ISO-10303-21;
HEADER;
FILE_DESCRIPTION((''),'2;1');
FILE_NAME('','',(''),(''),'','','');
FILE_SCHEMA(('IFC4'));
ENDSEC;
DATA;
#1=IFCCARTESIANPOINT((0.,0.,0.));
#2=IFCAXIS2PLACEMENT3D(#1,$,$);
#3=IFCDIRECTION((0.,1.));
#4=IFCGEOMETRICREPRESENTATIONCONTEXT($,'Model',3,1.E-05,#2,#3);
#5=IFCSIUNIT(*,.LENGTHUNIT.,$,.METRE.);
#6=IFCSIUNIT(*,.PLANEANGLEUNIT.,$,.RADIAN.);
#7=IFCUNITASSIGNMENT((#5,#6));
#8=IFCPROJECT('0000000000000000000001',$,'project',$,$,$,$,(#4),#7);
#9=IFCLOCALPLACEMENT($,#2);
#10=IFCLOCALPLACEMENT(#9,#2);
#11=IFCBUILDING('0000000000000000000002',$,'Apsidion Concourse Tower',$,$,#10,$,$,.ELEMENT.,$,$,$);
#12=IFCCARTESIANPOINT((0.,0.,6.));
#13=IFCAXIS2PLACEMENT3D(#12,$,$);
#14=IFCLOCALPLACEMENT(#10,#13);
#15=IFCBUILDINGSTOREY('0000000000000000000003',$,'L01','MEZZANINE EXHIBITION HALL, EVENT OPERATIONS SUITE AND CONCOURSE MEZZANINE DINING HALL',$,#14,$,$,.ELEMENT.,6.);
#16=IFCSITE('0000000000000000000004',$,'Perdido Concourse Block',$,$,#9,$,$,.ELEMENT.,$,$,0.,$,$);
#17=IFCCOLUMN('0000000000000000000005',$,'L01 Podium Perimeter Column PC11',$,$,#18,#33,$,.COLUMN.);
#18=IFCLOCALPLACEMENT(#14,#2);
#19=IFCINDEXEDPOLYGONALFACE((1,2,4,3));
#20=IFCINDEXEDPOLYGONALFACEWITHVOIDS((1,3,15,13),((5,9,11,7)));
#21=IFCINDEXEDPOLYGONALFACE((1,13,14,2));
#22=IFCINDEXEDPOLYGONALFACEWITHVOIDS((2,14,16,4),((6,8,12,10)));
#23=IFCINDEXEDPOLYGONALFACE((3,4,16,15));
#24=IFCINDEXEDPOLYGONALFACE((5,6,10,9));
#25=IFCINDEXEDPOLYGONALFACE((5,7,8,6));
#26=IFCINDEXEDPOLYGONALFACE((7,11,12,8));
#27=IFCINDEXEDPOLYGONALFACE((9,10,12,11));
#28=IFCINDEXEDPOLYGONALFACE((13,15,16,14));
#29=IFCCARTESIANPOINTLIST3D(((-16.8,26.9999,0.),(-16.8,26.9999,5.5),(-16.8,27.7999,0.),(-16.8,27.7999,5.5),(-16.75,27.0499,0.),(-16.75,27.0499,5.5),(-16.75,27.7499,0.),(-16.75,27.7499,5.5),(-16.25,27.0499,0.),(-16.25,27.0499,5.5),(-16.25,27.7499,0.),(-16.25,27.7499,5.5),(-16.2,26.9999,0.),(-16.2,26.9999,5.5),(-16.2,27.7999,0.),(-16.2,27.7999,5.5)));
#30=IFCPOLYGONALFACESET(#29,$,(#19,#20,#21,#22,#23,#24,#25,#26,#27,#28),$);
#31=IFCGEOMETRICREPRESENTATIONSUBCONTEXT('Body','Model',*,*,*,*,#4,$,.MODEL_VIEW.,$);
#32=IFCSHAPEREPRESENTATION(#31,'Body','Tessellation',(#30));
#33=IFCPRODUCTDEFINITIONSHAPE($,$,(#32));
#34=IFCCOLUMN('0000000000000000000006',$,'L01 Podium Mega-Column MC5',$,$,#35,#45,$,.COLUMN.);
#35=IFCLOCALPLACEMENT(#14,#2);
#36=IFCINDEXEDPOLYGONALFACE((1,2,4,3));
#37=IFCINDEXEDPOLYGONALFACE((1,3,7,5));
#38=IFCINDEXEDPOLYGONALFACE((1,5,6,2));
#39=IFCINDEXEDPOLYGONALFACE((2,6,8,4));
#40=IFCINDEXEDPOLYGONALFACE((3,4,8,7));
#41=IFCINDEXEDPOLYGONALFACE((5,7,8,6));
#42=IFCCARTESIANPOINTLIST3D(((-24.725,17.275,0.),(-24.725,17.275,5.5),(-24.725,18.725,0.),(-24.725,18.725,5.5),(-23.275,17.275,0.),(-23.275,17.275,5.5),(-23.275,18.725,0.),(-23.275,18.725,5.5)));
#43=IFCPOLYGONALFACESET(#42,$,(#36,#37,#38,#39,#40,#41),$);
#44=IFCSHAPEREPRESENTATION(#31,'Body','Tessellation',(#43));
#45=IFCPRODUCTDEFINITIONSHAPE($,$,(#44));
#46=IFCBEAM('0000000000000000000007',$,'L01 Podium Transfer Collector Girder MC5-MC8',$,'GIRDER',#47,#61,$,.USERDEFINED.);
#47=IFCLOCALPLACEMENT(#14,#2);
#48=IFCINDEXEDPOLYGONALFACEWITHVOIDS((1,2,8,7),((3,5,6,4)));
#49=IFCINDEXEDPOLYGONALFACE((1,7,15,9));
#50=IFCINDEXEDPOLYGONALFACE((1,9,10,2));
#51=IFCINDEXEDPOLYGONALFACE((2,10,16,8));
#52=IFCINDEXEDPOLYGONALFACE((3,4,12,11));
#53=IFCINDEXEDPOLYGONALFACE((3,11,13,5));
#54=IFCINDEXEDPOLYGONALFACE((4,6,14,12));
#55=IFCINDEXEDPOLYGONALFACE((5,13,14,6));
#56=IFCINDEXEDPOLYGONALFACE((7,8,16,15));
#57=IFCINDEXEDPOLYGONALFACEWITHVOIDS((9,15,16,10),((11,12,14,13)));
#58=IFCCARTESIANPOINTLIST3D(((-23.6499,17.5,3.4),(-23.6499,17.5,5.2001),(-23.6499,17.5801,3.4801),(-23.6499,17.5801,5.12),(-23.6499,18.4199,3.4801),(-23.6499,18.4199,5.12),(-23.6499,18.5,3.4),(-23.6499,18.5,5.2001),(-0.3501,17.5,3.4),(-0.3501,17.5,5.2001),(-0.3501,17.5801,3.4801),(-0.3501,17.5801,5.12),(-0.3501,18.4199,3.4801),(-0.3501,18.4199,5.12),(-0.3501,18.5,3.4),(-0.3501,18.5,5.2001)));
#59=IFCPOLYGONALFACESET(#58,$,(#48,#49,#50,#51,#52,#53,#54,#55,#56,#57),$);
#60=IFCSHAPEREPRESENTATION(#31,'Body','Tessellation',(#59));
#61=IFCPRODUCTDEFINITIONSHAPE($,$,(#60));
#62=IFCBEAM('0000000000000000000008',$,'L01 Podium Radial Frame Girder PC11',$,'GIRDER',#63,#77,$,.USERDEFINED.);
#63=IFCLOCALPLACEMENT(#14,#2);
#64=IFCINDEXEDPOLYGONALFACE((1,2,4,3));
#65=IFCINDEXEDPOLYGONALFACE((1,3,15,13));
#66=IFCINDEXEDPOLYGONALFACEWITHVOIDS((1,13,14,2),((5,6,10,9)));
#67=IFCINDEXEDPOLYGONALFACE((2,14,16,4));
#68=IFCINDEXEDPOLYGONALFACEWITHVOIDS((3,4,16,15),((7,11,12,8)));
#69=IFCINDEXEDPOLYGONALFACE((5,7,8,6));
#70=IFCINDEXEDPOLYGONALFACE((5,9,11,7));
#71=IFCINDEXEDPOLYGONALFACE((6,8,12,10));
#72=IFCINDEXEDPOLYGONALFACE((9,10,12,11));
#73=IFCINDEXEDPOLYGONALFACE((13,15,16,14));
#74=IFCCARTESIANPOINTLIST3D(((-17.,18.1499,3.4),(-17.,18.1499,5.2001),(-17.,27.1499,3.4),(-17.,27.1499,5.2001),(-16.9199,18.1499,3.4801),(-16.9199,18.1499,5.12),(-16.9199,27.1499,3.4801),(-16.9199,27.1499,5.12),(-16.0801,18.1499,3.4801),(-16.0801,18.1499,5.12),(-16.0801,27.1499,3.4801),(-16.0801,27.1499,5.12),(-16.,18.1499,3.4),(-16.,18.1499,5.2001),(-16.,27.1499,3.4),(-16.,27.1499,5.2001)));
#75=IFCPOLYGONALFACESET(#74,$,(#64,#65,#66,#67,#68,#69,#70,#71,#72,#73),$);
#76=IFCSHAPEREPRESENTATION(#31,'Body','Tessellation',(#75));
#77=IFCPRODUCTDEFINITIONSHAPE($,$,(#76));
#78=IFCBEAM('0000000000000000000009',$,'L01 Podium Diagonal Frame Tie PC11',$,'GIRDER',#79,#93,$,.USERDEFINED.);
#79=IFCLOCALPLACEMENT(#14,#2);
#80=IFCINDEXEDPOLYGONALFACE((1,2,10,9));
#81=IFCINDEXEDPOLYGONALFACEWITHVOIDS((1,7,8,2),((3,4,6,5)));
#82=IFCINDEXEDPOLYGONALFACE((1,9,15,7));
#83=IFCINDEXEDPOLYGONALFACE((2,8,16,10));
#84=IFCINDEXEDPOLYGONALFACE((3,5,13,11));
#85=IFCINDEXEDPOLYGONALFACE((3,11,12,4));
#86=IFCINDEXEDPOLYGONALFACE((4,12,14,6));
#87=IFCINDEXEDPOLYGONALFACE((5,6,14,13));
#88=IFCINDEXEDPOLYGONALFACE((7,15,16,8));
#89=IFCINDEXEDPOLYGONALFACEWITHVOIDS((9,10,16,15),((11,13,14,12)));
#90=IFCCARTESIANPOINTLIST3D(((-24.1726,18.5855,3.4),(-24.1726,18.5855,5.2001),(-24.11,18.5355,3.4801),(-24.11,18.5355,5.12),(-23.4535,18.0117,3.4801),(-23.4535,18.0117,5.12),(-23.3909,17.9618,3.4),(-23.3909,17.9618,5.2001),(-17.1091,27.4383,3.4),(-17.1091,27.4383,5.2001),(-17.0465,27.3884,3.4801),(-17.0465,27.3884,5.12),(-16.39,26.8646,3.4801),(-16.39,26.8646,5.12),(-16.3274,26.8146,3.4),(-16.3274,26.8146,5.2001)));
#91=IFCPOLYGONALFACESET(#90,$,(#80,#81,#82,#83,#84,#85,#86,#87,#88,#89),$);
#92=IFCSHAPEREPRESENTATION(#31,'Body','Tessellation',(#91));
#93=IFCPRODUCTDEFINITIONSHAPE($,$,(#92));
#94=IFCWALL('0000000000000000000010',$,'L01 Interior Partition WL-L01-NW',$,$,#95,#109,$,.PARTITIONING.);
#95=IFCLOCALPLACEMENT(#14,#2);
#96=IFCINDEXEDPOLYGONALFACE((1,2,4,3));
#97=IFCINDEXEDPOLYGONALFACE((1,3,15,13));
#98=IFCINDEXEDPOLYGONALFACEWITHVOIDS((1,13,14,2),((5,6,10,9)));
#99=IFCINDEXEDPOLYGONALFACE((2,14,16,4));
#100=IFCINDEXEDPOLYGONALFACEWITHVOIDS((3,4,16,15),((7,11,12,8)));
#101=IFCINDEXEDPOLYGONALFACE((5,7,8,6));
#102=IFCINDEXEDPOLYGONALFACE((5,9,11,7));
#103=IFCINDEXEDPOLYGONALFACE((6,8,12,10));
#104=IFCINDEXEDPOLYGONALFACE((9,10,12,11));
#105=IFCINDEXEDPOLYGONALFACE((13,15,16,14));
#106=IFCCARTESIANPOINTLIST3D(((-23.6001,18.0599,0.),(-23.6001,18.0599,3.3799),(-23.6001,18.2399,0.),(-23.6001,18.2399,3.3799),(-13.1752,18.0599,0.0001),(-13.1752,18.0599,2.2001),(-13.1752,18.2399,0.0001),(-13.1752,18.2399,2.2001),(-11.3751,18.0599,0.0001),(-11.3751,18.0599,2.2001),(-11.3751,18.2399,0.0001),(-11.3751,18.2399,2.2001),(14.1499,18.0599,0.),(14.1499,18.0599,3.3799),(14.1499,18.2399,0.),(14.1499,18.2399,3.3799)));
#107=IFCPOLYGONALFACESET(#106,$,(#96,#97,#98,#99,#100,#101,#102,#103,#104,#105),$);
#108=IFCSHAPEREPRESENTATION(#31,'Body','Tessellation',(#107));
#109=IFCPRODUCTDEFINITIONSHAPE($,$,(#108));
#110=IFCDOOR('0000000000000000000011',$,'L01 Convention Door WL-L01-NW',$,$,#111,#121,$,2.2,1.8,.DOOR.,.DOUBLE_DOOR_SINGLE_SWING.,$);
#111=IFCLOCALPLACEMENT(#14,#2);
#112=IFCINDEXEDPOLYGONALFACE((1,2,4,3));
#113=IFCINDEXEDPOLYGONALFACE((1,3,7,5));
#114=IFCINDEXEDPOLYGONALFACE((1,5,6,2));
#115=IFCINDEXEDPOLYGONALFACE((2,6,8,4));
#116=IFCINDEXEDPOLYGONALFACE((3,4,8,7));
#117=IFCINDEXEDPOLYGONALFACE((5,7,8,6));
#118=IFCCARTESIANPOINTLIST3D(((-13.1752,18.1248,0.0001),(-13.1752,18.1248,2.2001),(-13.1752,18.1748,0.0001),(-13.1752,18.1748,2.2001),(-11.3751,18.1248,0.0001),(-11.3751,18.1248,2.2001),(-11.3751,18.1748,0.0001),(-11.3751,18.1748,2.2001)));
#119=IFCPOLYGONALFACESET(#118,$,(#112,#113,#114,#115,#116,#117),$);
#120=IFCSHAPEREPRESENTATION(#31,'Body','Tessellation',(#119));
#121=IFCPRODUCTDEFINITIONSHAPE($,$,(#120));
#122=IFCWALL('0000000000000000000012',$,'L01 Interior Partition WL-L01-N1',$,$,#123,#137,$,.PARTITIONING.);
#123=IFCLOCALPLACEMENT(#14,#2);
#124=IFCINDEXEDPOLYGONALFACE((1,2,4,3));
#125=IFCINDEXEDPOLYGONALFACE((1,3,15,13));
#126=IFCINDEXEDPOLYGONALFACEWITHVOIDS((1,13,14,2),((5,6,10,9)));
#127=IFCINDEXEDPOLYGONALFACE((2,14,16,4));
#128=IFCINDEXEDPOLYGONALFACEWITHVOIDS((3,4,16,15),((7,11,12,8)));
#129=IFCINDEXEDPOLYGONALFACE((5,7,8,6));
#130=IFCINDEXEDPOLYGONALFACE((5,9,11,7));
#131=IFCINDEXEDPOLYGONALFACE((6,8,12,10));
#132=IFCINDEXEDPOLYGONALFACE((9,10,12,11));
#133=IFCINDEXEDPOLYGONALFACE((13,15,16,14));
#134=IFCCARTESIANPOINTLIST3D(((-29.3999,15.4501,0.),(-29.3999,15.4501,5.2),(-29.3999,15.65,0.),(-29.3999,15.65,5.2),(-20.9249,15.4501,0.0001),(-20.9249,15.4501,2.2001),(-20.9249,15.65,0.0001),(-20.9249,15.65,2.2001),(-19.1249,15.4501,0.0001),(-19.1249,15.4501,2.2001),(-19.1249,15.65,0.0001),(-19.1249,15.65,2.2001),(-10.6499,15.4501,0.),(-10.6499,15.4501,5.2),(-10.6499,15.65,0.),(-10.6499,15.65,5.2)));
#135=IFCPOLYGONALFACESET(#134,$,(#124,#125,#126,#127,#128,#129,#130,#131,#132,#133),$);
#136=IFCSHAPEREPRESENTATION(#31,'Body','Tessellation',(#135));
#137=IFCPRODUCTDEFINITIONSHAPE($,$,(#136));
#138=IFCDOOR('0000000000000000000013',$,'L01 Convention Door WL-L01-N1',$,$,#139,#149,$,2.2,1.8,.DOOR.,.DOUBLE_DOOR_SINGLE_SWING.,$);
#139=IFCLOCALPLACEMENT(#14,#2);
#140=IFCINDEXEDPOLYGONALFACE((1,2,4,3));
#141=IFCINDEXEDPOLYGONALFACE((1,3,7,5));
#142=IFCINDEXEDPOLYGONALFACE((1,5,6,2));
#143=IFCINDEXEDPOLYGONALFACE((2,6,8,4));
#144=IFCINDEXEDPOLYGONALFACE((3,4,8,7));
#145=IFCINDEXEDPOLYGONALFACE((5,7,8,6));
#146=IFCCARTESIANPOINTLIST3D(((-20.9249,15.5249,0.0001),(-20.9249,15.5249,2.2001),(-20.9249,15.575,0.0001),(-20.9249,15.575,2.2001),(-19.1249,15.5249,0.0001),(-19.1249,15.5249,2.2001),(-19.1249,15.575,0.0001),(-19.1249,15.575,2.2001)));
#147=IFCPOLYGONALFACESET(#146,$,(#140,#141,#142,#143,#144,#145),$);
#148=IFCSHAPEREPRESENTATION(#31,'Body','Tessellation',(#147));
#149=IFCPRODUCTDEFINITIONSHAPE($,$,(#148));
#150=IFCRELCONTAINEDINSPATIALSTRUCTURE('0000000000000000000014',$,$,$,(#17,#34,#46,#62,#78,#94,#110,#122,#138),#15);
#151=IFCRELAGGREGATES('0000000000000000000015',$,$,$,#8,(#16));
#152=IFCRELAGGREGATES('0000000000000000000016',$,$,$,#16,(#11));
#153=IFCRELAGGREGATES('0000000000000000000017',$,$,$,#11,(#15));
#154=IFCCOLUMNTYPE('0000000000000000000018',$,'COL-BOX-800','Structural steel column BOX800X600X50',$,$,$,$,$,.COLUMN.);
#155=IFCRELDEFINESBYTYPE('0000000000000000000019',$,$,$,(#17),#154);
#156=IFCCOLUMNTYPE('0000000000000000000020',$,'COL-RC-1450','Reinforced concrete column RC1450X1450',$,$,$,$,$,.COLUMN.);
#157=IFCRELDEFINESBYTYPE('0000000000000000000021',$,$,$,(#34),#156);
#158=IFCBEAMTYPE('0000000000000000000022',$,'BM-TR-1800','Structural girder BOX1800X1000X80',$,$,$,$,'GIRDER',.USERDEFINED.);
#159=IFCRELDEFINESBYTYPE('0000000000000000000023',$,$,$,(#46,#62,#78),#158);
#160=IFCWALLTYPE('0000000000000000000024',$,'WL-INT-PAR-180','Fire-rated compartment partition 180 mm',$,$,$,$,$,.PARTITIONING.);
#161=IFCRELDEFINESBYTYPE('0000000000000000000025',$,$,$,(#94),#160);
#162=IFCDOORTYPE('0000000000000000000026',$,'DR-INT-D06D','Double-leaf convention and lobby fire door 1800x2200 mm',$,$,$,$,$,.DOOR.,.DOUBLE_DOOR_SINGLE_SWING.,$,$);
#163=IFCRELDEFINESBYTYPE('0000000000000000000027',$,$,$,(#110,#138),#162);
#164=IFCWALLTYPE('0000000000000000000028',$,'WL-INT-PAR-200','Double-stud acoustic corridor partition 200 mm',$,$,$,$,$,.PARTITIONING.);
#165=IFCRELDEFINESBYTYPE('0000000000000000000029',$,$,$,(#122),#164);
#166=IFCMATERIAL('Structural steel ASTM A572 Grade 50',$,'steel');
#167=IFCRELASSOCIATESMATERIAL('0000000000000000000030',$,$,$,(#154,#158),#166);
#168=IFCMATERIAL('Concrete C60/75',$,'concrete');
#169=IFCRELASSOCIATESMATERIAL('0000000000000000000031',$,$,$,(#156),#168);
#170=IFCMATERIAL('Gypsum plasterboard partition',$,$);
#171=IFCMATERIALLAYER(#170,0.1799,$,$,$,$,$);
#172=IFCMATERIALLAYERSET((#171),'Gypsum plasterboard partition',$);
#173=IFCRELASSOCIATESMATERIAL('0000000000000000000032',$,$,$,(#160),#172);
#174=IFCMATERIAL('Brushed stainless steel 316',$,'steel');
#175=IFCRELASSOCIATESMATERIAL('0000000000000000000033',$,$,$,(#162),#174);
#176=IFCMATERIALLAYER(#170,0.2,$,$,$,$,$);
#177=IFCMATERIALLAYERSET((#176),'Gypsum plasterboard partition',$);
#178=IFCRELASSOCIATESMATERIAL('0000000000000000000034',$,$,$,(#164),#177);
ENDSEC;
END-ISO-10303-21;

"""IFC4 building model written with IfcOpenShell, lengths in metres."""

from ifc_helpers import new_model, si_unit, direction, frame, frame_2d, origin, origin_2d, place, context, subcontext, project, spatial, rectangle, hollow_rectangle, extrude, material, layer, layer_set, material_profile, profile_set, type_object, element, fill, save


model = new_model("IFC4")

# Units and contexts
model_context = context("Model", 3, precision=1e-05, world=origin(), true_north=direction((0.0, 1.0)))
body_context = subcontext(model_context, "Body", "Model", "MODEL_VIEW")
ifc_project = project(units=[si_unit("LENGTHUNIT", "METRE"), si_unit("PLANEANGLEUNIT", "RADIAN")], contexts=[model_context])

# Site, building, storey
site_placement = place(None, origin())
site = spatial("IfcSite", under=ifc_project, at=site_placement, Name="Perdido Concourse Block", CompositionType="ELEMENT", RefElevation=0.0)
building_placement = place(site_placement, origin())
building = spatial("IfcBuilding", under=site, at=building_placement, Name="Apsidion Concourse Tower", CompositionType="ELEMENT")
storey_placement = place(building_placement, frame((0.0, 0.0, 6.0)))
storey = spatial("IfcBuildingStorey", under=building, at=storey_placement, Name="L01", Description="MEZZANINE EXHIBITION HALL, EVENT OPERATIONS SUITE AND CONCOURSE MEZZANINE DINING HALL", CompositionType="ELEMENT", Elevation=6.0)

# Columns
ifc_material_1 = material(Name="Structural steel ASTM A572 Grade 50", Category="steel")
ifc_material_profile_1 = material_profile(ifc_material_1, hollow_rectangle(XDim=0.6001, YDim=0.8, WallThickness=0.05, at=origin_2d()), Name="BOX800X600X50")
ifc_profile_set_1 = profile_set([ifc_material_profile_1], Name="Structural steel ASTM A572 Grade 50")
column_type_1 = type_object("IfcColumnType", Name="COL-BOX-800", Description="Structural steel column BOX800X600X50", PredefinedType="COLUMN", material=ifc_profile_set_1)
column_1_placement = place(storey_placement, frame((-16.5, 27.3999, 0.0), z_axis=(0.0, 0.0, 1.0), x_axis=(1.0, 0.0, 0.0)))
element("IfcColumn", 1, at=column_1_placement, inside=storey, type_object=column_type_1, Name="L01 Podium Perimeter Column PC11", PredefinedType="COLUMN", context=body_context, shape_type="SweptSolid", body=[
    extrude(hollow_rectangle(XDim=0.6001, YDim=0.8, WallThickness=0.05, at=origin_2d()), origin(), (0.0, 0.0, 1.0), 5.5),
])
ifc_material_2 = material(Name="Concrete C60/75", Category="concrete")
ifc_material_profile_2 = material_profile(ifc_material_2, rectangle(XDim=1.45, YDim=1.45, at=origin_2d()), Name="RC 1450x1450")
ifc_profile_set_2 = profile_set([ifc_material_profile_2], Name="Concrete C60/75")
column_type_2 = type_object("IfcColumnType", Name="COL-RC-1450", Description="Reinforced concrete column RC1450X1450", PredefinedType="COLUMN", material=ifc_profile_set_2)
column_2_placement = place(storey_placement, frame((-24.0, 18.0, 0.0), z_axis=(0.0, 0.0, 1.0), x_axis=(1.0, 0.0, 0.0)))
element("IfcColumn", 2, at=column_2_placement, inside=storey, type_object=column_type_2, Name="L01 Podium Mega-Column MC5", PredefinedType="COLUMN", context=body_context, shape_type="SweptSolid", body=[
    extrude(rectangle(XDim=1.45, YDim=1.45, at=origin_2d()), origin(), (0.0, 0.0, 1.0), 5.5),
])

# Beams
ifc_material_profile_3 = material_profile(ifc_material_1, hollow_rectangle(XDim=1.0, YDim=1.8, WallThickness=0.0801, at=origin_2d()), Name="BOX1800X1000X80")
ifc_profile_set_3 = profile_set([ifc_material_profile_3], Name="Structural steel ASTM A572 Grade 50")
beam_type = type_object("IfcBeamType", Name="BM-TR-1800", Description="Structural girder BOX1800X1000X80", ElementType="GIRDER", PredefinedType="USERDEFINED", material=ifc_profile_set_3)
beam_1_placement = place(storey_placement, frame((-23.6499, 18.0, 4.3), z_axis=(1.0, 0.0, 0.0), x_axis=(0.0, 1.0, 0.0)))
element("IfcBeam", 3, at=beam_1_placement, inside=storey, type_object=beam_type, Name="L01 Podium Transfer Collector Girder MC5-MC8", ObjectType="GIRDER", PredefinedType="USERDEFINED", context=body_context, shape_type="SweptSolid", body=[
    extrude(hollow_rectangle(XDim=1.0, YDim=1.8, WallThickness=0.0801, at=origin_2d()), origin(), (0.0, 0.0, 1.0), 23.2998),
])
beam_2_placement = place(storey_placement, frame((-16.5, 27.1499, 4.3), z_axis=(0.0, -1.0, 0.0), x_axis=(1.0, 0.0, 0.0)))
element("IfcBeam", 4, at=beam_2_placement, inside=storey, type_object=beam_type, Name="L01 Podium Radial Frame Girder PC11", ObjectType="GIRDER", PredefinedType="USERDEFINED", context=body_context, shape_type="SweptSolid", body=[
    extrude(hollow_rectangle(XDim=1.0, YDim=1.8, WallThickness=0.0801, at=origin_2d()), origin(), (0.0, 0.0, 1.0), 9.0),
])
beam_3_placement = place(storey_placement, frame((-16.7183, 27.1265, 4.3), z_axis=(-0.623685, -0.781676, 0.0), x_axis=(0.781676, -0.623685, 0.0)))
element("IfcBeam", 5, at=beam_3_placement, inside=storey, type_object=beam_type, Name="L01 Podium Diagonal Frame Tie PC11", ObjectType="GIRDER", PredefinedType="USERDEFINED", context=body_context, shape_type="SweptSolid", body=[
    extrude(hollow_rectangle(XDim=1.0, YDim=1.8, WallThickness=0.0801, at=origin_2d()), origin(), (0.0, 0.0, 1.0), 11.3254),
])

# Walls, openings, doors
ifc_material_3 = material(Name="Gypsum plasterboard partition")
ifc_layer_1 = layer(ifc_material_3, 0.1799)
ifc_layer_set_1 = layer_set([ifc_layer_1], Name="Gypsum plasterboard partition")
wall_type_1 = type_object("IfcWallType", Name="WL-INT-PAR-180", Description="Fire-rated compartment partition 180 mm", PredefinedType="PARTITIONING", material=ifc_layer_set_1)
wall_1_placement = place(storey_placement, frame((-23.6001, 18.1499, 0.0), z_axis=(0.0, 0.0, 1.0), x_axis=(1.0, 0.0, 0.0)))
wall_1 = element("IfcWall", 6, at=wall_1_placement, inside=storey, type_object=wall_type_1, Name="L01 Interior Partition WL-L01-NW", PredefinedType="PARTITIONING", context=body_context, shape_type="SweptSolid", body=[
    extrude(rectangle(XDim=37.75, YDim=0.1799, at=frame_2d((18.875, 0.0))), origin(), (0.0, 0.0, 1.0), 3.3799),
])
opening_1_placement = place(wall_1_placement, frame((10.425, 0.0, 0.0)))
opening_1 = element("IfcOpeningElement", 7, at=opening_1_placement, cuts=wall_1, PredefinedType="OPENING", context=body_context, shape_type="SweptSolid", body=[
    extrude(rectangle(XDim=1.8, YDim=2.2, at=frame_2d((0.8999, 1.1001))), frame((0.0, 0.1001, 0.0), z_axis=(0.0, -1.0, 0.0), x_axis=(1.0, 0.0, 0.0)), (0.0, 0.0, 1.0), 0.2),
])
ifc_material_4 = material(Name="Brushed stainless steel 316", Category="steel")
door_type_1 = type_object("IfcDoorType", Name="DR-INT-D06D", Description="Double-leaf convention and lobby fire door 1800x2200 mm", OperationType="DOUBLE_DOOR_SINGLE_SWING", PredefinedType="DOOR", material=ifc_material_4)
door_1_placement = place(opening_1_placement, origin())
door_1 = element("IfcDoor", 8, at=door_1_placement, inside=storey, type_object=door_type_1, Name="L01 Convention Door WL-L01-NW", OperationType="DOUBLE_DOOR_SINGLE_SWING", OverallHeight=2.2, OverallWidth=1.8, PredefinedType="DOOR", context=body_context, shape_type="SweptSolid", body=[
    extrude(rectangle(XDim=1.8, YDim=2.2, at=frame_2d((0.8999, 1.1001))), frame((0.0, 0.0249, 0.0), z_axis=(0.0, -1.0, 0.0), x_axis=(1.0, 0.0, 0.0)), (0.0, 0.0, 1.0), 0.05),
])
fill(opening_1, door_1)
ifc_layer_2 = layer(ifc_material_3, 0.2)
ifc_layer_set_2 = layer_set([ifc_layer_2], Name="Gypsum plasterboard partition")
wall_type_2 = type_object("IfcWallType", Name="WL-INT-PAR-200", Description="Double-stud acoustic corridor partition 200 mm", PredefinedType="PARTITIONING", material=ifc_layer_set_2)
wall_2_placement = place(storey_placement, frame((-29.3999, 15.55, 0.0), z_axis=(0.0, 0.0, 1.0), x_axis=(1.0, 0.0, 0.0)))
wall_2 = element("IfcWall", 9, at=wall_2_placement, inside=storey, type_object=wall_type_2, Name="L01 Interior Partition WL-L01-N1", PredefinedType="PARTITIONING", context=body_context, shape_type="SweptSolid", body=[
    extrude(rectangle(XDim=18.75, YDim=0.2, at=frame_2d((9.375, 0.0))), origin(), (0.0, 0.0, 1.0), 5.2),
])
opening_2_placement = place(wall_2_placement, frame((8.4751, 0.0, 0.0)))
opening_2 = element("IfcOpeningElement", 10, at=opening_2_placement, cuts=wall_2, PredefinedType="OPENING", context=body_context, shape_type="SweptSolid", body=[
    extrude(rectangle(XDim=1.8, YDim=2.2, at=frame_2d((0.8999, 1.1001))), frame((0.0, 0.1099, 0.0), z_axis=(0.0, -1.0, 0.0), x_axis=(1.0, 0.0, 0.0)), (0.0, 0.0, 1.0), 0.22),
])
door_2_placement = place(opening_2_placement, origin())
door_2 = element("IfcDoor", 11, at=door_2_placement, inside=storey, type_object=door_type_1, Name="L01 Convention Door WL-L01-N1", OperationType="DOUBLE_DOOR_SINGLE_SWING", OverallHeight=2.2, OverallWidth=1.8, PredefinedType="DOOR", context=body_context, shape_type="SweptSolid", body=[
    extrude(rectangle(XDim=1.8, YDim=2.2, at=frame_2d((0.8999, 1.1001))), frame((0.0, 0.0249, 0.0), z_axis=(0.0, -1.0, 0.0), x_axis=(1.0, 0.0, 0.0)), (0.0, 0.0, 1.0), 0.05),
])
fill(opening_2, door_2)

save(model, "model.ifc")
